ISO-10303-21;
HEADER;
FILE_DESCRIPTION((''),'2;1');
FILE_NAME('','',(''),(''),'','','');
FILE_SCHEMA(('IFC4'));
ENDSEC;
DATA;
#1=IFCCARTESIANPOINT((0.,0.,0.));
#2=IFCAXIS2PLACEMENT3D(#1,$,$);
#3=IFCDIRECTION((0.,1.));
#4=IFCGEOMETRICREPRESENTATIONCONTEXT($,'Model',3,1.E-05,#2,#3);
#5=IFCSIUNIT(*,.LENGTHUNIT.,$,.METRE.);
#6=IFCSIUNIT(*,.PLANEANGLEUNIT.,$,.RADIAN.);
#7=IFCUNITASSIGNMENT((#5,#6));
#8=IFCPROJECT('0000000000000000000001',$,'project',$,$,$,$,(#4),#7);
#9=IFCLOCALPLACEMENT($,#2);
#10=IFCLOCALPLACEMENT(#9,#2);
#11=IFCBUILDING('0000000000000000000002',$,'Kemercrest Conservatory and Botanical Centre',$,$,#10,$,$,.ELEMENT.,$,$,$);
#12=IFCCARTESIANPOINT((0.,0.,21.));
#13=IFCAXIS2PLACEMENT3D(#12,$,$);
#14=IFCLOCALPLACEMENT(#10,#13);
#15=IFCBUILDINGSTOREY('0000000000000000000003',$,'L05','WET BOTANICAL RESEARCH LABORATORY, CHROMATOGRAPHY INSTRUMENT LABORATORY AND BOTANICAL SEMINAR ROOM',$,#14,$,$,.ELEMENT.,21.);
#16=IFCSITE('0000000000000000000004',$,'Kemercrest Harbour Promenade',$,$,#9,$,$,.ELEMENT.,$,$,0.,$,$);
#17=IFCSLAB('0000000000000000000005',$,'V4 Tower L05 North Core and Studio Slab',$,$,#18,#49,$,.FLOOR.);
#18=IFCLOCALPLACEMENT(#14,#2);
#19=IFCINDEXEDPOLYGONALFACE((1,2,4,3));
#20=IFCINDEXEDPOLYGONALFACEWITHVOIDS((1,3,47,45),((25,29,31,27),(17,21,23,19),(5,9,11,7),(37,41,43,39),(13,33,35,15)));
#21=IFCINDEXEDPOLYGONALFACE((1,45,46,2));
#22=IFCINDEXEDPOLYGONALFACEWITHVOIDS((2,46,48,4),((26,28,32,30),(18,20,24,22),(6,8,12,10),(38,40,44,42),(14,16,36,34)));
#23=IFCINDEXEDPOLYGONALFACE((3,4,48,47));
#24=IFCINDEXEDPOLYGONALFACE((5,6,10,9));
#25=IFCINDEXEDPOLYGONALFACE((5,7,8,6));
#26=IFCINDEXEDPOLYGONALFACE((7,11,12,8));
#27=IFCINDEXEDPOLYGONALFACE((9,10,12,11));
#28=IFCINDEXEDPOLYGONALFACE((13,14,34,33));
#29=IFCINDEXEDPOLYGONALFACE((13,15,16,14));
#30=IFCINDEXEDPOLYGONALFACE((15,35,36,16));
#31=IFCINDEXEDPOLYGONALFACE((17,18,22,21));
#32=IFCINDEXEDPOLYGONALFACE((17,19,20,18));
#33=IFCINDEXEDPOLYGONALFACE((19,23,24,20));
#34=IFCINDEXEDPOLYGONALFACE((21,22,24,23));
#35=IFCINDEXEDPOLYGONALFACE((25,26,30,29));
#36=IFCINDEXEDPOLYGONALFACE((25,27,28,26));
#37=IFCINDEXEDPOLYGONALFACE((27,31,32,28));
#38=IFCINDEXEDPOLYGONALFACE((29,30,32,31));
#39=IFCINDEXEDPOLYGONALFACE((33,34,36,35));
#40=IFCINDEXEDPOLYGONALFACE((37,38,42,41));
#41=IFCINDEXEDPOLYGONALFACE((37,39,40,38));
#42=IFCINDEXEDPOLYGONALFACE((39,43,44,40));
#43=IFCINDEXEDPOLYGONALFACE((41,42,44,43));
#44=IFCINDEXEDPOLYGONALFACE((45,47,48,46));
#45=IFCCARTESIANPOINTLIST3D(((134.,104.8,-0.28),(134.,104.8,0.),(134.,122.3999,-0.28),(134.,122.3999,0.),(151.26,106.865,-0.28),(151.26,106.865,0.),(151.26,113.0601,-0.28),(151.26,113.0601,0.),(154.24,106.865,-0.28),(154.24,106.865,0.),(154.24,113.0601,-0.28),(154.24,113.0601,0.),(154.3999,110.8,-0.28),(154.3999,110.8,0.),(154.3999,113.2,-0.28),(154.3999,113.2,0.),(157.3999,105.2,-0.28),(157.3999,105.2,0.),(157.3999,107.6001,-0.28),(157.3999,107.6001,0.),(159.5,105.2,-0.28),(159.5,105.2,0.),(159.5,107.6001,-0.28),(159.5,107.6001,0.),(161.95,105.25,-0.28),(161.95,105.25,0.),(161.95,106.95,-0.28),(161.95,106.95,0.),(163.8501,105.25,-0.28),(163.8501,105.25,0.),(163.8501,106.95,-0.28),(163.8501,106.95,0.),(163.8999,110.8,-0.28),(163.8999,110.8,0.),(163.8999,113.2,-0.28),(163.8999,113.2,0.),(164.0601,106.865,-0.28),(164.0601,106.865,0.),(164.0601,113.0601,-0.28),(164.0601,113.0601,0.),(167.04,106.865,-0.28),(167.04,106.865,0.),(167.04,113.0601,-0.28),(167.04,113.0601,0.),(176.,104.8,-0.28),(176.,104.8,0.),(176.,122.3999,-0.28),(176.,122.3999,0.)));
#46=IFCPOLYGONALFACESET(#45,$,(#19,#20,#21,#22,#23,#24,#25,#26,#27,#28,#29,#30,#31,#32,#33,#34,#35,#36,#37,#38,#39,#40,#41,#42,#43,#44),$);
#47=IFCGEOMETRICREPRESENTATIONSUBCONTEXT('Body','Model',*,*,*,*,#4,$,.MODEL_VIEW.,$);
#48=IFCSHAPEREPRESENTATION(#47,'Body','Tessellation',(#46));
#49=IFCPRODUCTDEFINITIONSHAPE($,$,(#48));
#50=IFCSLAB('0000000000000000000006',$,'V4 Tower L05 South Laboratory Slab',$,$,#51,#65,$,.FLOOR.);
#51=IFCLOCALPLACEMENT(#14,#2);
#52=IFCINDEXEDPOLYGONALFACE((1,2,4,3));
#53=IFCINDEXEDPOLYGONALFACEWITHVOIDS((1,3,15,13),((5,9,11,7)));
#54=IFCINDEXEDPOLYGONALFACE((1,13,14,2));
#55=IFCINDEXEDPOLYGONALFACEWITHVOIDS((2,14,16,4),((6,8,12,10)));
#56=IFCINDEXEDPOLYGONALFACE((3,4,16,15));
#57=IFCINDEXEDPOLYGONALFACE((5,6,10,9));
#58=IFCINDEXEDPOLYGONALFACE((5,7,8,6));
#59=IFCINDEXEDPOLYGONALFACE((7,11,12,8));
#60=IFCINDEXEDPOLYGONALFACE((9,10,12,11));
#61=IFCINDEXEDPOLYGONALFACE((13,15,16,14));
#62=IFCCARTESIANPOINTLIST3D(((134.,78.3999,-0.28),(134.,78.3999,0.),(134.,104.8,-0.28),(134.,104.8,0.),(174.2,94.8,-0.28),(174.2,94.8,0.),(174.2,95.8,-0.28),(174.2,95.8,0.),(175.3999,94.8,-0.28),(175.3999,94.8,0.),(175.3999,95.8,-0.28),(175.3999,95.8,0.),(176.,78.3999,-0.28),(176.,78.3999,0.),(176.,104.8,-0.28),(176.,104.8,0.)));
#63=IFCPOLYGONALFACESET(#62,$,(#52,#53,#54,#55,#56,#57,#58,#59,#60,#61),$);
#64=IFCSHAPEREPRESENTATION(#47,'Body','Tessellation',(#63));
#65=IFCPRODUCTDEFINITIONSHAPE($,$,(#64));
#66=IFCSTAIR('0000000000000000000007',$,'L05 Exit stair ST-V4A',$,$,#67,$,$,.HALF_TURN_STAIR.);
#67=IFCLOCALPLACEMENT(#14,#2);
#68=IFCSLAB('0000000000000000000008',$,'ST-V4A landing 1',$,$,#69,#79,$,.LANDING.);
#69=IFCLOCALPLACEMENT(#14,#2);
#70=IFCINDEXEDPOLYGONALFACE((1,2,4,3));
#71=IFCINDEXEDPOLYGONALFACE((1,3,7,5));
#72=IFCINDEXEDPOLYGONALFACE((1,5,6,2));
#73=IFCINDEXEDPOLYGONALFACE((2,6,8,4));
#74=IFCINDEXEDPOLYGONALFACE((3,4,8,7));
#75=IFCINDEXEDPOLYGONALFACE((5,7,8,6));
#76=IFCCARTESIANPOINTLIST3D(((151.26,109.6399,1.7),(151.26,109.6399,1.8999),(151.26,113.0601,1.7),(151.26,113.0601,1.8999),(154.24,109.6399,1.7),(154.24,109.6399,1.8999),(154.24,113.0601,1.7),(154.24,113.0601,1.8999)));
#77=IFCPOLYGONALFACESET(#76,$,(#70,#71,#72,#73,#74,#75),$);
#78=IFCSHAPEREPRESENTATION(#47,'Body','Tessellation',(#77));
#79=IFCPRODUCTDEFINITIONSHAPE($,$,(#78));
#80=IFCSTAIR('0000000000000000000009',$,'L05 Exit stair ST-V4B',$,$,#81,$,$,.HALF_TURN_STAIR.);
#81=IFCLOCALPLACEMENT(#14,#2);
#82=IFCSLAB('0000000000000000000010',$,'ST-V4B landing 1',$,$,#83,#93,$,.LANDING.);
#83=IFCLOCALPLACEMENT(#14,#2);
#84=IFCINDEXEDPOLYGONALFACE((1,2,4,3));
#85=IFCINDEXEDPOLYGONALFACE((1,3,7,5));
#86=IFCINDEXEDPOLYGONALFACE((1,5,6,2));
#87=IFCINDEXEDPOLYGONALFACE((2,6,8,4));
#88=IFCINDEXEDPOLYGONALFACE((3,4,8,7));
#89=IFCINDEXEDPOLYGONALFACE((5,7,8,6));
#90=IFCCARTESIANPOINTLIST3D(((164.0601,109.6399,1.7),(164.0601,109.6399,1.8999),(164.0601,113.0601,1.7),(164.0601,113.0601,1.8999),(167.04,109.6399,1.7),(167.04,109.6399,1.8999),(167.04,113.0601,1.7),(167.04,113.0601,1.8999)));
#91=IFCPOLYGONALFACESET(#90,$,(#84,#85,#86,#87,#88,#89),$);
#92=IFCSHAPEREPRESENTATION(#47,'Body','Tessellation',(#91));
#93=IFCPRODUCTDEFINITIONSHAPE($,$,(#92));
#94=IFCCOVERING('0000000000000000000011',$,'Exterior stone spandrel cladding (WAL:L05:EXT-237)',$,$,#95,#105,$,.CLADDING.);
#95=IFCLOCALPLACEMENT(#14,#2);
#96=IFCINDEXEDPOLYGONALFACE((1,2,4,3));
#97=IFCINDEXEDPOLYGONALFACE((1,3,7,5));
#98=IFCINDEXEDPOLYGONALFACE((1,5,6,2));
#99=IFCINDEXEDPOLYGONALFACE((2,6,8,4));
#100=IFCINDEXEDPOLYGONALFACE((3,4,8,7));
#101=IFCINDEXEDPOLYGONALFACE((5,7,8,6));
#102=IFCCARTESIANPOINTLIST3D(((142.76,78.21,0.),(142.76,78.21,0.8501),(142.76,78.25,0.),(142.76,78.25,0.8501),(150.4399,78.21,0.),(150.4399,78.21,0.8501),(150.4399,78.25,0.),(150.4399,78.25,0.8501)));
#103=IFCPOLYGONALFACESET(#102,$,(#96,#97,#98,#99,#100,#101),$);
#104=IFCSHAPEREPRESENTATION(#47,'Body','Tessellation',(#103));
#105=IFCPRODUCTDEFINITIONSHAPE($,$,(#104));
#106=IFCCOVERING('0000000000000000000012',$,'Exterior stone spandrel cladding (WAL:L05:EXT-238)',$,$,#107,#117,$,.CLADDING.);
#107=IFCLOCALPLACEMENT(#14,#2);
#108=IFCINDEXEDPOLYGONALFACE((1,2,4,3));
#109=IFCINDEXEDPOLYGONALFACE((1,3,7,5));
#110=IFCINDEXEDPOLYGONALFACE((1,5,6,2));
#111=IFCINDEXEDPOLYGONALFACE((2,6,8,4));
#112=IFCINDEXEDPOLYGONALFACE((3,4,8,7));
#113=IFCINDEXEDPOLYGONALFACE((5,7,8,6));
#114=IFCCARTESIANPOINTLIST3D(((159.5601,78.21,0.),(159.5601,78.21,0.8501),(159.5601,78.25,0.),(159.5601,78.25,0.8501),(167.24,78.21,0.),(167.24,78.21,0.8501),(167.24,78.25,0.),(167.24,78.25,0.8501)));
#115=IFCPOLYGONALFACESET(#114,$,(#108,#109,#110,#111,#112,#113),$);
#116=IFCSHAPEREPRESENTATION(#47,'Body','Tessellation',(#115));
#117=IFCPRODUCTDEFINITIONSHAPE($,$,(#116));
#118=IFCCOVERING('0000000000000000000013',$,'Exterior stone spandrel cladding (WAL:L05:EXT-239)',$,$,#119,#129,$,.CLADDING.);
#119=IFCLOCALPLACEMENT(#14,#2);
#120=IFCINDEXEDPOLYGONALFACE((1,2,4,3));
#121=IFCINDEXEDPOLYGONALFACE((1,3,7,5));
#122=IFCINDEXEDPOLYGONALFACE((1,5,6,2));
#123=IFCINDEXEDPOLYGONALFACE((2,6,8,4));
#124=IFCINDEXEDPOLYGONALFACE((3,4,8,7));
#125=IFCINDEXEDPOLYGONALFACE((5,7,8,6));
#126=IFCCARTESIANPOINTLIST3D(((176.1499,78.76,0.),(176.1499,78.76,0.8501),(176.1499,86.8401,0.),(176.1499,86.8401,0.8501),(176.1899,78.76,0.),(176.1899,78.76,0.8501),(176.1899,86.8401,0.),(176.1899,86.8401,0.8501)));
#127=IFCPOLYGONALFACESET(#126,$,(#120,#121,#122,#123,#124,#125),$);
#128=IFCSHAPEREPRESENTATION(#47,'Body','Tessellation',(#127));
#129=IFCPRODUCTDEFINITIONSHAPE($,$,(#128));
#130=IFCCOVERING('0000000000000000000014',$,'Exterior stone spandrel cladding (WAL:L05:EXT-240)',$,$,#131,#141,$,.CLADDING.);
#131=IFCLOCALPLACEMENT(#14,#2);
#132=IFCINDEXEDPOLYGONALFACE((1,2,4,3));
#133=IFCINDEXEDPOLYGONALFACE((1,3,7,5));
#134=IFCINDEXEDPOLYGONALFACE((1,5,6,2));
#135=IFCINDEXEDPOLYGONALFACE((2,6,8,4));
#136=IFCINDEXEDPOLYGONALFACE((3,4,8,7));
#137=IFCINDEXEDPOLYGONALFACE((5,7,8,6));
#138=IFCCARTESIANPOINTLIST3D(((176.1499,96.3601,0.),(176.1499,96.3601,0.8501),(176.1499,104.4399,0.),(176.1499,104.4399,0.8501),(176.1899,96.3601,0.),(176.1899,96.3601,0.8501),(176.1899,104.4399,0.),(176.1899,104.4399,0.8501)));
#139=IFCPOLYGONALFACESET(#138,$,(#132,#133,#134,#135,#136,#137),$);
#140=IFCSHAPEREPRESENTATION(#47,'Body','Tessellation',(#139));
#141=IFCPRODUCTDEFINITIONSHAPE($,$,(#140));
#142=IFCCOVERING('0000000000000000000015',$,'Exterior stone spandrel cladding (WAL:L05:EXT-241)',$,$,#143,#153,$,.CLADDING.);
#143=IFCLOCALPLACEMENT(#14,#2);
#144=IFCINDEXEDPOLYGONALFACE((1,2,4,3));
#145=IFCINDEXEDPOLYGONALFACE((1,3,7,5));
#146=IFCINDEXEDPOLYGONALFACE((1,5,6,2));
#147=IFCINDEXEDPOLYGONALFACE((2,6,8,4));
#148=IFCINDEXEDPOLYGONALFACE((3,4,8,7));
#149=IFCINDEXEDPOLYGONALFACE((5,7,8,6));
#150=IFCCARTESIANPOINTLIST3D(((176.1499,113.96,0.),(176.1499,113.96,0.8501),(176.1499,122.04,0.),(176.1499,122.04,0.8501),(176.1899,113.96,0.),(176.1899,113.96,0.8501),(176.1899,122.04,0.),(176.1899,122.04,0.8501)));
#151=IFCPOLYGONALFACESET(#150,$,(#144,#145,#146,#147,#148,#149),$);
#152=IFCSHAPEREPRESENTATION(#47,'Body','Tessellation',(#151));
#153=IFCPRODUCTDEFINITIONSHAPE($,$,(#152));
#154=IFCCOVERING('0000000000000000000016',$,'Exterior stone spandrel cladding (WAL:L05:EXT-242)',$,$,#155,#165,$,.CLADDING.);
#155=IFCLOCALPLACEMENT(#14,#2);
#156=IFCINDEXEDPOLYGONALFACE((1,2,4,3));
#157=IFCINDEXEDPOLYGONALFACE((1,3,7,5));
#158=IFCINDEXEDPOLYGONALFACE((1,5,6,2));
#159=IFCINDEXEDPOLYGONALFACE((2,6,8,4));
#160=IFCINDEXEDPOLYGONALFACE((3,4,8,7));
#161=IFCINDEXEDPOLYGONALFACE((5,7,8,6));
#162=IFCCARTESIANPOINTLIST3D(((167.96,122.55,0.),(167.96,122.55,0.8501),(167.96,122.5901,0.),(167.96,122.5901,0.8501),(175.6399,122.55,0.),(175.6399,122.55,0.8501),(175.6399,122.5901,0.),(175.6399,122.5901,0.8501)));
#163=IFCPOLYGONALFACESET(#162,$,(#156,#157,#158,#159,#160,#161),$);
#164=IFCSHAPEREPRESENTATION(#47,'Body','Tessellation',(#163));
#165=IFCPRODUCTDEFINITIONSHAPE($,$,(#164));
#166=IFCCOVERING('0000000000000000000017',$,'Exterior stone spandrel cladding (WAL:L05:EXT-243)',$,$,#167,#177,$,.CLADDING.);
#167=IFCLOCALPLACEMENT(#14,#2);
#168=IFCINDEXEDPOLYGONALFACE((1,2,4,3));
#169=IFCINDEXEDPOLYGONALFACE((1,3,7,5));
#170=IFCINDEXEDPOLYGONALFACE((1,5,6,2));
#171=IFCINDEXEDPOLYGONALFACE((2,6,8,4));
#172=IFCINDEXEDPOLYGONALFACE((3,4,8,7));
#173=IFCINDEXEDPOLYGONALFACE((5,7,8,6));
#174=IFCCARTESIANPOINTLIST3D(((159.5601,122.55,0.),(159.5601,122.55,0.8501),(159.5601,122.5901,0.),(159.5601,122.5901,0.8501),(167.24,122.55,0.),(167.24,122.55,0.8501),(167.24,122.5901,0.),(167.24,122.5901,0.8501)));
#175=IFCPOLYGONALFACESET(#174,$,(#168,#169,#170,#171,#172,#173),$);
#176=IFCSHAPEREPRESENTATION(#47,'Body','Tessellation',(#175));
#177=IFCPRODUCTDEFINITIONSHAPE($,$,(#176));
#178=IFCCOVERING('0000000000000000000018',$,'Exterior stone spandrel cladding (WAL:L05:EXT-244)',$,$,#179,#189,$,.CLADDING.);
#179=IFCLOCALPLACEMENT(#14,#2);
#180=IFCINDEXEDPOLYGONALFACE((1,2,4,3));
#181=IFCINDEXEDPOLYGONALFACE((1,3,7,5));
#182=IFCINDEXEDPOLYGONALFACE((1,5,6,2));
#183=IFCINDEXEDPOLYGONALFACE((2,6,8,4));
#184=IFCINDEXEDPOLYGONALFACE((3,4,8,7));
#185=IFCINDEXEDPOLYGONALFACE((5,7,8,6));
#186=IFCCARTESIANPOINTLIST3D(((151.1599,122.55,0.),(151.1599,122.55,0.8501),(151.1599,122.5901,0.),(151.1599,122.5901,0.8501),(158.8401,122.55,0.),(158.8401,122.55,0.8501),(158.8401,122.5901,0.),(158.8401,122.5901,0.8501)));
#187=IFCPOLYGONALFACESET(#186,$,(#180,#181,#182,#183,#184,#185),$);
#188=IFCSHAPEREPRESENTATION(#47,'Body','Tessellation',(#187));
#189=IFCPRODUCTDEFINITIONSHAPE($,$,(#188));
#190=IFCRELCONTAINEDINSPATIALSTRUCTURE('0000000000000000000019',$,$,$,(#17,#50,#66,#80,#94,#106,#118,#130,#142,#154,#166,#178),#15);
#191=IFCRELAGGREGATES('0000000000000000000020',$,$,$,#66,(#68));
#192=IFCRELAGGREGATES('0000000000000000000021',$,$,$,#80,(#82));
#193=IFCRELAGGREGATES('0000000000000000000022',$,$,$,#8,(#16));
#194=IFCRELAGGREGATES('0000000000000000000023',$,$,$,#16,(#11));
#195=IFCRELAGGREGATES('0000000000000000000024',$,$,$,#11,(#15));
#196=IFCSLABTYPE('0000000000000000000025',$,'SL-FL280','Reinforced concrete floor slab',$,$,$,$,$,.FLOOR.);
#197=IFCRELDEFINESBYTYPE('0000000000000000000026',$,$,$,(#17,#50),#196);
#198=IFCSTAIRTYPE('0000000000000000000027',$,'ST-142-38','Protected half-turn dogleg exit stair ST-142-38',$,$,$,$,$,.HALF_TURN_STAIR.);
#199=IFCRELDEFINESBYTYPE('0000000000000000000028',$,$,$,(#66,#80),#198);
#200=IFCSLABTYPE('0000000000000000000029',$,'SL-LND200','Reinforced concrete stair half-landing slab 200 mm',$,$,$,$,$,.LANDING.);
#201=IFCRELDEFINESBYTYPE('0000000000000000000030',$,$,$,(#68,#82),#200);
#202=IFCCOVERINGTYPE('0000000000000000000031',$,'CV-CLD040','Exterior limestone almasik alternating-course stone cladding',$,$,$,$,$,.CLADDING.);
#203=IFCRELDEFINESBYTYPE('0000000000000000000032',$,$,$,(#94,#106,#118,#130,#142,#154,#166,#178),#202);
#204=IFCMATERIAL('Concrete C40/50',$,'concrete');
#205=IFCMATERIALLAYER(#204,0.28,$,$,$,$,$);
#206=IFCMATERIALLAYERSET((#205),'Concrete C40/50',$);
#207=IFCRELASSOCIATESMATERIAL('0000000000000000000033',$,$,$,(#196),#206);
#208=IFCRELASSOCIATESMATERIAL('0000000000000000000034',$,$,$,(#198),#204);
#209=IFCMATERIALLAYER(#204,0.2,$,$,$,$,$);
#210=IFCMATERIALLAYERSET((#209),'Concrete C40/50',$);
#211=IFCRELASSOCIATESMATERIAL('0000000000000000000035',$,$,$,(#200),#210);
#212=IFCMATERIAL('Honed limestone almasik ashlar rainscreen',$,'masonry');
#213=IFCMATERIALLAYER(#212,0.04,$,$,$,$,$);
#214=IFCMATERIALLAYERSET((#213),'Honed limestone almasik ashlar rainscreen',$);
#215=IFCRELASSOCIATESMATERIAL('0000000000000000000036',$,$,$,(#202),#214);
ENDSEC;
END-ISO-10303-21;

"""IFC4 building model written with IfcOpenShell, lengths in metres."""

from ifc_helpers import new_model, si_unit, direction, frame, origin, place, context, subcontext, project, spatial, polyline, outline, extrude, material, layer, layer_set, type_object, element, aggregate, save


model = new_model("IFC4")

# Units and contexts
model_context = context("Model", 3, precision=1e-05, world=origin(), true_north=direction((0.0, 1.0)))
body_context = subcontext(model_context, "Body", "Model", "MODEL_VIEW")
ifc_project = project(units=[si_unit("LENGTHUNIT", "METRE"), si_unit("PLANEANGLEUNIT", "RADIAN")], contexts=[model_context])

# Site, building, storey
site_placement = place(None, origin())
site = spatial("IfcSite", under=ifc_project, at=site_placement, Name="Kemercrest Harbour Promenade", CompositionType="ELEMENT", RefElevation=0.0)
building_placement = place(site_placement, origin())
building = spatial("IfcBuilding", under=site, at=building_placement, Name="Kemercrest Conservatory and Botanical Centre", CompositionType="ELEMENT")
storey_placement = place(building_placement, frame((0.0, 0.0, 21.0)))
storey = spatial("IfcBuildingStorey", under=building, at=storey_placement, Name="L05", Description="WET BOTANICAL RESEARCH LABORATORY, CHROMATOGRAPHY INSTRUMENT LABORATORY AND BOTANICAL SEMINAR ROOM", CompositionType="ELEMENT", Elevation=21.0)

# Slabs
ifc_material_1 = material(Name="Concrete C40/50", Category="concrete")
ifc_layer_1 = layer(ifc_material_1, 0.28)
ifc_layer_set_1 = layer_set([ifc_layer_1], Name="Concrete C40/50")
slab_type_1 = type_object("IfcSlabType", Name="SL-FL280", Description="Reinforced concrete floor slab", PredefinedType="FLOOR", material=ifc_layer_set_1)
slab_1_placement = place(storey_placement, frame((0.0, 0.0, -0.28)))
element("IfcSlab", 1, at=slab_1_placement, inside=storey, type_object=slab_type_1, Name="V4 Tower L05 North Core and Studio Slab", PredefinedType="FLOOR", context=body_context, shape_type="SweptSolid", body=[
    extrude(outline(polyline([(134.0, 122.3999), (134.0, 104.8), (176.0, 104.8), (176.0, 122.3999), (134.0, 122.3999)]), holes=[polyline([(164.0601, 106.865), (164.0601, 113.0601), (167.04, 113.0601), (167.04, 106.865), (164.0601, 106.865)]), polyline([(154.3999, 110.8), (154.3999, 113.2), (163.8999, 113.2), (163.8999, 110.8), (154.3999, 110.8)]), polyline([(161.95, 105.25), (161.95, 106.95), (163.8501, 106.95), (163.8501, 105.25), (161.95, 105.25)]), polyline([(157.3999, 105.2), (157.3999, 107.6001), (159.5, 107.6001), (159.5, 105.2), (157.3999, 105.2)]), polyline([(154.24, 106.865), (151.26, 106.865), (151.26, 113.0601), (154.24, 113.0601), (154.24, 106.865)])]), origin(), (0.0, 0.0, 1.0), 0.28),
])
slab_2_placement = place(storey_placement, frame((0.0, 0.0, -0.28)))
element("IfcSlab", 2, at=slab_2_placement, inside=storey, type_object=slab_type_1, Name="V4 Tower L05 South Laboratory Slab", PredefinedType="FLOOR", context=body_context, shape_type="SweptSolid", body=[
    extrude(outline(polyline([(134.0, 104.8), (134.0, 78.3999), (176.0, 78.3999), (176.0, 104.8), (134.0, 104.8)]), holes=[polyline([(175.3999, 94.8), (174.2, 94.8), (174.2, 95.8), (175.3999, 95.8), (175.3999, 94.8)])]), origin(), (0.0, 0.0, 1.0), 0.28),
])

# Stairs, slabs
stair_type = type_object("IfcStairType", Name="ST-142-38", Description="Protected half-turn dogleg exit stair ST-142-38", PredefinedType="HALF_TURN_STAIR", material=ifc_material_1)
stair_1_placement = place(storey_placement, origin())
stair_1 = element("IfcStair", 3, at=stair_1_placement, inside=storey, type_object=stair_type, Name="L05 Exit stair ST-V4A", PredefinedType="HALF_TURN_STAIR")
ifc_layer_2 = layer(ifc_material_1, 0.2)
ifc_layer_set_2 = layer_set([ifc_layer_2], Name="Concrete C40/50")
slab_type_2 = type_object("IfcSlabType", Name="SL-LND200", Description="Reinforced concrete stair half-landing slab 200 mm", PredefinedType="LANDING", material=ifc_layer_set_2)
slab_3_placement = place(storey_placement, frame((0.0, 0.0, 1.7)))
slab_3 = element("IfcSlab", 4, at=slab_3_placement, type_object=slab_type_2, Name="ST-V4A landing 1", PredefinedType="LANDING", context=body_context, shape_type="SweptSolid", body=[
    extrude(outline(polyline([(154.24, 109.6399), (154.24, 113.0601), (151.26, 113.0601), (151.26, 109.6399), (154.24, 109.6399)])), origin(), (0.0, 0.0, 1.0), 0.2),
])
aggregate(stair_1, [slab_3])
stair_2_placement = place(storey_placement, origin())
stair_2 = element("IfcStair", 5, at=stair_2_placement, inside=storey, type_object=stair_type, Name="L05 Exit stair ST-V4B", PredefinedType="HALF_TURN_STAIR")
slab_4_placement = place(storey_placement, frame((0.0, 0.0, 1.7)))
slab_4 = element("IfcSlab", 6, at=slab_4_placement, type_object=slab_type_2, Name="ST-V4B landing 1", PredefinedType="LANDING", context=body_context, shape_type="SweptSolid", body=[
    extrude(outline(polyline([(167.04, 109.6399), (167.04, 113.0601), (164.0601, 113.0601), (164.0601, 109.6399), (167.04, 109.6399)])), origin(), (0.0, 0.0, 1.0), 0.2),
])
aggregate(stair_2, [slab_4])

# Coverings
ifc_material_2 = material(Name="Honed limestone almasik ashlar rainscreen", Category="masonry")
ifc_layer_3 = layer(ifc_material_2, 0.04)
ifc_layer_set_3 = layer_set([ifc_layer_3], Name="Honed limestone almasik ashlar rainscreen")
covering_type_1 = type_object("IfcCoveringType", Name="CV-CLD040", Description="Exterior limestone almasik alternating-course stone cladding", PredefinedType="CLADDING", material=ifc_layer_set_3)
covering_1_placement = place(storey_placement, origin())
element("IfcCovering", 7, at=covering_1_placement, inside=storey, type_object=covering_type_1, Name="Exterior stone spandrel cladding (WAL:L05:EXT-237)", PredefinedType="CLADDING", context=body_context, shape_type="SweptSolid", body=[
    extrude(outline(polyline([(142.76, 78.25), (142.76, 78.21), (150.4399, 78.21), (150.4399, 78.25), (142.76, 78.25)])), origin(), (0.0, 0.0, 1.0), 0.8501),
])
covering_2_placement = place(storey_placement, origin())
element("IfcCovering", 8, at=covering_2_placement, inside=storey, type_object=covering_type_1, Name="Exterior stone spandrel cladding (WAL:L05:EXT-238)", PredefinedType="CLADDING", context=body_context, shape_type="SweptSolid", body=[
    extrude(outline(polyline([(159.5601, 78.25), (159.5601, 78.21), (167.24, 78.21), (167.24, 78.25), (159.5601, 78.25)])), origin(), (0.0, 0.0, 1.0), 0.8501),
])
covering_3_placement = place(storey_placement, origin())
element("IfcCovering", 9, at=covering_3_placement, inside=storey, type_object=covering_type_1, Name="Exterior stone spandrel cladding (WAL:L05:EXT-239)", PredefinedType="CLADDING", context=body_context, shape_type="SweptSolid", body=[
    extrude(outline(polyline([(176.1499, 78.76), (176.1899, 78.76), (176.1899, 86.8401), (176.1499, 86.8401), (176.1499, 78.76)])), origin(), (0.0, 0.0, 1.0), 0.8501),
])
covering_4_placement = place(storey_placement, origin())
element("IfcCovering", 10, at=covering_4_placement, inside=storey, type_object=covering_type_1, Name="Exterior stone spandrel cladding (WAL:L05:EXT-240)", PredefinedType="CLADDING", context=body_context, shape_type="SweptSolid", body=[
    extrude(outline(polyline([(176.1499, 96.3601), (176.1899, 96.3601), (176.1899, 104.4399), (176.1499, 104.4399), (176.1499, 96.3601)])), origin(), (0.0, 0.0, 1.0), 0.8501),
])
covering_5_placement = place(storey_placement, origin())
element("IfcCovering", 11, at=covering_5_placement, inside=storey, type_object=covering_type_1, Name="Exterior stone spandrel cladding (WAL:L05:EXT-241)", PredefinedType="CLADDING", context=body_context, shape_type="SweptSolid", body=[
    extrude(outline(polyline([(176.1499, 113.96), (176.1899, 113.96), (176.1899, 122.04), (176.1499, 122.04), (176.1499, 113.96)])), origin(), (0.0, 0.0, 1.0), 0.8501),
])
covering_6_placement = place(storey_placement, origin())
element("IfcCovering", 12, at=covering_6_placement, inside=storey, type_object=covering_type_1, Name="Exterior stone spandrel cladding (WAL:L05:EXT-242)", PredefinedType="CLADDING", context=body_context, shape_type="SweptSolid", body=[
    extrude(outline(polyline([(175.6399, 122.55), (175.6399, 122.5901), (167.96, 122.5901), (167.96, 122.55), (175.6399, 122.55)])), origin(), (0.0, 0.0, 1.0), 0.8501),
])
covering_7_placement = place(storey_placement, origin())
element("IfcCovering", 13, at=covering_7_placement, inside=storey, type_object=covering_type_1, Name="Exterior stone spandrel cladding (WAL:L05:EXT-243)", PredefinedType="CLADDING", context=body_context, shape_type="SweptSolid", body=[
    extrude(outline(polyline([(167.24, 122.55), (167.24, 122.5901), (159.5601, 122.5901), (159.5601, 122.55), (167.24, 122.55)])), origin(), (0.0, 0.0, 1.0), 0.8501),
])
covering_8_placement = place(storey_placement, origin())
element("IfcCovering", 14, at=covering_8_placement, inside=storey, type_object=covering_type_1, Name="Exterior stone spandrel cladding (WAL:L05:EXT-244)", PredefinedType="CLADDING", context=body_context, shape_type="SweptSolid", body=[
    extrude(outline(polyline([(158.8401, 122.55), (158.8401, 122.5901), (151.1599, 122.5901), (151.1599, 122.55), (158.8401, 122.55)])), origin(), (0.0, 0.0, 1.0), 0.8501),
])

save(model, "model.ifc")
